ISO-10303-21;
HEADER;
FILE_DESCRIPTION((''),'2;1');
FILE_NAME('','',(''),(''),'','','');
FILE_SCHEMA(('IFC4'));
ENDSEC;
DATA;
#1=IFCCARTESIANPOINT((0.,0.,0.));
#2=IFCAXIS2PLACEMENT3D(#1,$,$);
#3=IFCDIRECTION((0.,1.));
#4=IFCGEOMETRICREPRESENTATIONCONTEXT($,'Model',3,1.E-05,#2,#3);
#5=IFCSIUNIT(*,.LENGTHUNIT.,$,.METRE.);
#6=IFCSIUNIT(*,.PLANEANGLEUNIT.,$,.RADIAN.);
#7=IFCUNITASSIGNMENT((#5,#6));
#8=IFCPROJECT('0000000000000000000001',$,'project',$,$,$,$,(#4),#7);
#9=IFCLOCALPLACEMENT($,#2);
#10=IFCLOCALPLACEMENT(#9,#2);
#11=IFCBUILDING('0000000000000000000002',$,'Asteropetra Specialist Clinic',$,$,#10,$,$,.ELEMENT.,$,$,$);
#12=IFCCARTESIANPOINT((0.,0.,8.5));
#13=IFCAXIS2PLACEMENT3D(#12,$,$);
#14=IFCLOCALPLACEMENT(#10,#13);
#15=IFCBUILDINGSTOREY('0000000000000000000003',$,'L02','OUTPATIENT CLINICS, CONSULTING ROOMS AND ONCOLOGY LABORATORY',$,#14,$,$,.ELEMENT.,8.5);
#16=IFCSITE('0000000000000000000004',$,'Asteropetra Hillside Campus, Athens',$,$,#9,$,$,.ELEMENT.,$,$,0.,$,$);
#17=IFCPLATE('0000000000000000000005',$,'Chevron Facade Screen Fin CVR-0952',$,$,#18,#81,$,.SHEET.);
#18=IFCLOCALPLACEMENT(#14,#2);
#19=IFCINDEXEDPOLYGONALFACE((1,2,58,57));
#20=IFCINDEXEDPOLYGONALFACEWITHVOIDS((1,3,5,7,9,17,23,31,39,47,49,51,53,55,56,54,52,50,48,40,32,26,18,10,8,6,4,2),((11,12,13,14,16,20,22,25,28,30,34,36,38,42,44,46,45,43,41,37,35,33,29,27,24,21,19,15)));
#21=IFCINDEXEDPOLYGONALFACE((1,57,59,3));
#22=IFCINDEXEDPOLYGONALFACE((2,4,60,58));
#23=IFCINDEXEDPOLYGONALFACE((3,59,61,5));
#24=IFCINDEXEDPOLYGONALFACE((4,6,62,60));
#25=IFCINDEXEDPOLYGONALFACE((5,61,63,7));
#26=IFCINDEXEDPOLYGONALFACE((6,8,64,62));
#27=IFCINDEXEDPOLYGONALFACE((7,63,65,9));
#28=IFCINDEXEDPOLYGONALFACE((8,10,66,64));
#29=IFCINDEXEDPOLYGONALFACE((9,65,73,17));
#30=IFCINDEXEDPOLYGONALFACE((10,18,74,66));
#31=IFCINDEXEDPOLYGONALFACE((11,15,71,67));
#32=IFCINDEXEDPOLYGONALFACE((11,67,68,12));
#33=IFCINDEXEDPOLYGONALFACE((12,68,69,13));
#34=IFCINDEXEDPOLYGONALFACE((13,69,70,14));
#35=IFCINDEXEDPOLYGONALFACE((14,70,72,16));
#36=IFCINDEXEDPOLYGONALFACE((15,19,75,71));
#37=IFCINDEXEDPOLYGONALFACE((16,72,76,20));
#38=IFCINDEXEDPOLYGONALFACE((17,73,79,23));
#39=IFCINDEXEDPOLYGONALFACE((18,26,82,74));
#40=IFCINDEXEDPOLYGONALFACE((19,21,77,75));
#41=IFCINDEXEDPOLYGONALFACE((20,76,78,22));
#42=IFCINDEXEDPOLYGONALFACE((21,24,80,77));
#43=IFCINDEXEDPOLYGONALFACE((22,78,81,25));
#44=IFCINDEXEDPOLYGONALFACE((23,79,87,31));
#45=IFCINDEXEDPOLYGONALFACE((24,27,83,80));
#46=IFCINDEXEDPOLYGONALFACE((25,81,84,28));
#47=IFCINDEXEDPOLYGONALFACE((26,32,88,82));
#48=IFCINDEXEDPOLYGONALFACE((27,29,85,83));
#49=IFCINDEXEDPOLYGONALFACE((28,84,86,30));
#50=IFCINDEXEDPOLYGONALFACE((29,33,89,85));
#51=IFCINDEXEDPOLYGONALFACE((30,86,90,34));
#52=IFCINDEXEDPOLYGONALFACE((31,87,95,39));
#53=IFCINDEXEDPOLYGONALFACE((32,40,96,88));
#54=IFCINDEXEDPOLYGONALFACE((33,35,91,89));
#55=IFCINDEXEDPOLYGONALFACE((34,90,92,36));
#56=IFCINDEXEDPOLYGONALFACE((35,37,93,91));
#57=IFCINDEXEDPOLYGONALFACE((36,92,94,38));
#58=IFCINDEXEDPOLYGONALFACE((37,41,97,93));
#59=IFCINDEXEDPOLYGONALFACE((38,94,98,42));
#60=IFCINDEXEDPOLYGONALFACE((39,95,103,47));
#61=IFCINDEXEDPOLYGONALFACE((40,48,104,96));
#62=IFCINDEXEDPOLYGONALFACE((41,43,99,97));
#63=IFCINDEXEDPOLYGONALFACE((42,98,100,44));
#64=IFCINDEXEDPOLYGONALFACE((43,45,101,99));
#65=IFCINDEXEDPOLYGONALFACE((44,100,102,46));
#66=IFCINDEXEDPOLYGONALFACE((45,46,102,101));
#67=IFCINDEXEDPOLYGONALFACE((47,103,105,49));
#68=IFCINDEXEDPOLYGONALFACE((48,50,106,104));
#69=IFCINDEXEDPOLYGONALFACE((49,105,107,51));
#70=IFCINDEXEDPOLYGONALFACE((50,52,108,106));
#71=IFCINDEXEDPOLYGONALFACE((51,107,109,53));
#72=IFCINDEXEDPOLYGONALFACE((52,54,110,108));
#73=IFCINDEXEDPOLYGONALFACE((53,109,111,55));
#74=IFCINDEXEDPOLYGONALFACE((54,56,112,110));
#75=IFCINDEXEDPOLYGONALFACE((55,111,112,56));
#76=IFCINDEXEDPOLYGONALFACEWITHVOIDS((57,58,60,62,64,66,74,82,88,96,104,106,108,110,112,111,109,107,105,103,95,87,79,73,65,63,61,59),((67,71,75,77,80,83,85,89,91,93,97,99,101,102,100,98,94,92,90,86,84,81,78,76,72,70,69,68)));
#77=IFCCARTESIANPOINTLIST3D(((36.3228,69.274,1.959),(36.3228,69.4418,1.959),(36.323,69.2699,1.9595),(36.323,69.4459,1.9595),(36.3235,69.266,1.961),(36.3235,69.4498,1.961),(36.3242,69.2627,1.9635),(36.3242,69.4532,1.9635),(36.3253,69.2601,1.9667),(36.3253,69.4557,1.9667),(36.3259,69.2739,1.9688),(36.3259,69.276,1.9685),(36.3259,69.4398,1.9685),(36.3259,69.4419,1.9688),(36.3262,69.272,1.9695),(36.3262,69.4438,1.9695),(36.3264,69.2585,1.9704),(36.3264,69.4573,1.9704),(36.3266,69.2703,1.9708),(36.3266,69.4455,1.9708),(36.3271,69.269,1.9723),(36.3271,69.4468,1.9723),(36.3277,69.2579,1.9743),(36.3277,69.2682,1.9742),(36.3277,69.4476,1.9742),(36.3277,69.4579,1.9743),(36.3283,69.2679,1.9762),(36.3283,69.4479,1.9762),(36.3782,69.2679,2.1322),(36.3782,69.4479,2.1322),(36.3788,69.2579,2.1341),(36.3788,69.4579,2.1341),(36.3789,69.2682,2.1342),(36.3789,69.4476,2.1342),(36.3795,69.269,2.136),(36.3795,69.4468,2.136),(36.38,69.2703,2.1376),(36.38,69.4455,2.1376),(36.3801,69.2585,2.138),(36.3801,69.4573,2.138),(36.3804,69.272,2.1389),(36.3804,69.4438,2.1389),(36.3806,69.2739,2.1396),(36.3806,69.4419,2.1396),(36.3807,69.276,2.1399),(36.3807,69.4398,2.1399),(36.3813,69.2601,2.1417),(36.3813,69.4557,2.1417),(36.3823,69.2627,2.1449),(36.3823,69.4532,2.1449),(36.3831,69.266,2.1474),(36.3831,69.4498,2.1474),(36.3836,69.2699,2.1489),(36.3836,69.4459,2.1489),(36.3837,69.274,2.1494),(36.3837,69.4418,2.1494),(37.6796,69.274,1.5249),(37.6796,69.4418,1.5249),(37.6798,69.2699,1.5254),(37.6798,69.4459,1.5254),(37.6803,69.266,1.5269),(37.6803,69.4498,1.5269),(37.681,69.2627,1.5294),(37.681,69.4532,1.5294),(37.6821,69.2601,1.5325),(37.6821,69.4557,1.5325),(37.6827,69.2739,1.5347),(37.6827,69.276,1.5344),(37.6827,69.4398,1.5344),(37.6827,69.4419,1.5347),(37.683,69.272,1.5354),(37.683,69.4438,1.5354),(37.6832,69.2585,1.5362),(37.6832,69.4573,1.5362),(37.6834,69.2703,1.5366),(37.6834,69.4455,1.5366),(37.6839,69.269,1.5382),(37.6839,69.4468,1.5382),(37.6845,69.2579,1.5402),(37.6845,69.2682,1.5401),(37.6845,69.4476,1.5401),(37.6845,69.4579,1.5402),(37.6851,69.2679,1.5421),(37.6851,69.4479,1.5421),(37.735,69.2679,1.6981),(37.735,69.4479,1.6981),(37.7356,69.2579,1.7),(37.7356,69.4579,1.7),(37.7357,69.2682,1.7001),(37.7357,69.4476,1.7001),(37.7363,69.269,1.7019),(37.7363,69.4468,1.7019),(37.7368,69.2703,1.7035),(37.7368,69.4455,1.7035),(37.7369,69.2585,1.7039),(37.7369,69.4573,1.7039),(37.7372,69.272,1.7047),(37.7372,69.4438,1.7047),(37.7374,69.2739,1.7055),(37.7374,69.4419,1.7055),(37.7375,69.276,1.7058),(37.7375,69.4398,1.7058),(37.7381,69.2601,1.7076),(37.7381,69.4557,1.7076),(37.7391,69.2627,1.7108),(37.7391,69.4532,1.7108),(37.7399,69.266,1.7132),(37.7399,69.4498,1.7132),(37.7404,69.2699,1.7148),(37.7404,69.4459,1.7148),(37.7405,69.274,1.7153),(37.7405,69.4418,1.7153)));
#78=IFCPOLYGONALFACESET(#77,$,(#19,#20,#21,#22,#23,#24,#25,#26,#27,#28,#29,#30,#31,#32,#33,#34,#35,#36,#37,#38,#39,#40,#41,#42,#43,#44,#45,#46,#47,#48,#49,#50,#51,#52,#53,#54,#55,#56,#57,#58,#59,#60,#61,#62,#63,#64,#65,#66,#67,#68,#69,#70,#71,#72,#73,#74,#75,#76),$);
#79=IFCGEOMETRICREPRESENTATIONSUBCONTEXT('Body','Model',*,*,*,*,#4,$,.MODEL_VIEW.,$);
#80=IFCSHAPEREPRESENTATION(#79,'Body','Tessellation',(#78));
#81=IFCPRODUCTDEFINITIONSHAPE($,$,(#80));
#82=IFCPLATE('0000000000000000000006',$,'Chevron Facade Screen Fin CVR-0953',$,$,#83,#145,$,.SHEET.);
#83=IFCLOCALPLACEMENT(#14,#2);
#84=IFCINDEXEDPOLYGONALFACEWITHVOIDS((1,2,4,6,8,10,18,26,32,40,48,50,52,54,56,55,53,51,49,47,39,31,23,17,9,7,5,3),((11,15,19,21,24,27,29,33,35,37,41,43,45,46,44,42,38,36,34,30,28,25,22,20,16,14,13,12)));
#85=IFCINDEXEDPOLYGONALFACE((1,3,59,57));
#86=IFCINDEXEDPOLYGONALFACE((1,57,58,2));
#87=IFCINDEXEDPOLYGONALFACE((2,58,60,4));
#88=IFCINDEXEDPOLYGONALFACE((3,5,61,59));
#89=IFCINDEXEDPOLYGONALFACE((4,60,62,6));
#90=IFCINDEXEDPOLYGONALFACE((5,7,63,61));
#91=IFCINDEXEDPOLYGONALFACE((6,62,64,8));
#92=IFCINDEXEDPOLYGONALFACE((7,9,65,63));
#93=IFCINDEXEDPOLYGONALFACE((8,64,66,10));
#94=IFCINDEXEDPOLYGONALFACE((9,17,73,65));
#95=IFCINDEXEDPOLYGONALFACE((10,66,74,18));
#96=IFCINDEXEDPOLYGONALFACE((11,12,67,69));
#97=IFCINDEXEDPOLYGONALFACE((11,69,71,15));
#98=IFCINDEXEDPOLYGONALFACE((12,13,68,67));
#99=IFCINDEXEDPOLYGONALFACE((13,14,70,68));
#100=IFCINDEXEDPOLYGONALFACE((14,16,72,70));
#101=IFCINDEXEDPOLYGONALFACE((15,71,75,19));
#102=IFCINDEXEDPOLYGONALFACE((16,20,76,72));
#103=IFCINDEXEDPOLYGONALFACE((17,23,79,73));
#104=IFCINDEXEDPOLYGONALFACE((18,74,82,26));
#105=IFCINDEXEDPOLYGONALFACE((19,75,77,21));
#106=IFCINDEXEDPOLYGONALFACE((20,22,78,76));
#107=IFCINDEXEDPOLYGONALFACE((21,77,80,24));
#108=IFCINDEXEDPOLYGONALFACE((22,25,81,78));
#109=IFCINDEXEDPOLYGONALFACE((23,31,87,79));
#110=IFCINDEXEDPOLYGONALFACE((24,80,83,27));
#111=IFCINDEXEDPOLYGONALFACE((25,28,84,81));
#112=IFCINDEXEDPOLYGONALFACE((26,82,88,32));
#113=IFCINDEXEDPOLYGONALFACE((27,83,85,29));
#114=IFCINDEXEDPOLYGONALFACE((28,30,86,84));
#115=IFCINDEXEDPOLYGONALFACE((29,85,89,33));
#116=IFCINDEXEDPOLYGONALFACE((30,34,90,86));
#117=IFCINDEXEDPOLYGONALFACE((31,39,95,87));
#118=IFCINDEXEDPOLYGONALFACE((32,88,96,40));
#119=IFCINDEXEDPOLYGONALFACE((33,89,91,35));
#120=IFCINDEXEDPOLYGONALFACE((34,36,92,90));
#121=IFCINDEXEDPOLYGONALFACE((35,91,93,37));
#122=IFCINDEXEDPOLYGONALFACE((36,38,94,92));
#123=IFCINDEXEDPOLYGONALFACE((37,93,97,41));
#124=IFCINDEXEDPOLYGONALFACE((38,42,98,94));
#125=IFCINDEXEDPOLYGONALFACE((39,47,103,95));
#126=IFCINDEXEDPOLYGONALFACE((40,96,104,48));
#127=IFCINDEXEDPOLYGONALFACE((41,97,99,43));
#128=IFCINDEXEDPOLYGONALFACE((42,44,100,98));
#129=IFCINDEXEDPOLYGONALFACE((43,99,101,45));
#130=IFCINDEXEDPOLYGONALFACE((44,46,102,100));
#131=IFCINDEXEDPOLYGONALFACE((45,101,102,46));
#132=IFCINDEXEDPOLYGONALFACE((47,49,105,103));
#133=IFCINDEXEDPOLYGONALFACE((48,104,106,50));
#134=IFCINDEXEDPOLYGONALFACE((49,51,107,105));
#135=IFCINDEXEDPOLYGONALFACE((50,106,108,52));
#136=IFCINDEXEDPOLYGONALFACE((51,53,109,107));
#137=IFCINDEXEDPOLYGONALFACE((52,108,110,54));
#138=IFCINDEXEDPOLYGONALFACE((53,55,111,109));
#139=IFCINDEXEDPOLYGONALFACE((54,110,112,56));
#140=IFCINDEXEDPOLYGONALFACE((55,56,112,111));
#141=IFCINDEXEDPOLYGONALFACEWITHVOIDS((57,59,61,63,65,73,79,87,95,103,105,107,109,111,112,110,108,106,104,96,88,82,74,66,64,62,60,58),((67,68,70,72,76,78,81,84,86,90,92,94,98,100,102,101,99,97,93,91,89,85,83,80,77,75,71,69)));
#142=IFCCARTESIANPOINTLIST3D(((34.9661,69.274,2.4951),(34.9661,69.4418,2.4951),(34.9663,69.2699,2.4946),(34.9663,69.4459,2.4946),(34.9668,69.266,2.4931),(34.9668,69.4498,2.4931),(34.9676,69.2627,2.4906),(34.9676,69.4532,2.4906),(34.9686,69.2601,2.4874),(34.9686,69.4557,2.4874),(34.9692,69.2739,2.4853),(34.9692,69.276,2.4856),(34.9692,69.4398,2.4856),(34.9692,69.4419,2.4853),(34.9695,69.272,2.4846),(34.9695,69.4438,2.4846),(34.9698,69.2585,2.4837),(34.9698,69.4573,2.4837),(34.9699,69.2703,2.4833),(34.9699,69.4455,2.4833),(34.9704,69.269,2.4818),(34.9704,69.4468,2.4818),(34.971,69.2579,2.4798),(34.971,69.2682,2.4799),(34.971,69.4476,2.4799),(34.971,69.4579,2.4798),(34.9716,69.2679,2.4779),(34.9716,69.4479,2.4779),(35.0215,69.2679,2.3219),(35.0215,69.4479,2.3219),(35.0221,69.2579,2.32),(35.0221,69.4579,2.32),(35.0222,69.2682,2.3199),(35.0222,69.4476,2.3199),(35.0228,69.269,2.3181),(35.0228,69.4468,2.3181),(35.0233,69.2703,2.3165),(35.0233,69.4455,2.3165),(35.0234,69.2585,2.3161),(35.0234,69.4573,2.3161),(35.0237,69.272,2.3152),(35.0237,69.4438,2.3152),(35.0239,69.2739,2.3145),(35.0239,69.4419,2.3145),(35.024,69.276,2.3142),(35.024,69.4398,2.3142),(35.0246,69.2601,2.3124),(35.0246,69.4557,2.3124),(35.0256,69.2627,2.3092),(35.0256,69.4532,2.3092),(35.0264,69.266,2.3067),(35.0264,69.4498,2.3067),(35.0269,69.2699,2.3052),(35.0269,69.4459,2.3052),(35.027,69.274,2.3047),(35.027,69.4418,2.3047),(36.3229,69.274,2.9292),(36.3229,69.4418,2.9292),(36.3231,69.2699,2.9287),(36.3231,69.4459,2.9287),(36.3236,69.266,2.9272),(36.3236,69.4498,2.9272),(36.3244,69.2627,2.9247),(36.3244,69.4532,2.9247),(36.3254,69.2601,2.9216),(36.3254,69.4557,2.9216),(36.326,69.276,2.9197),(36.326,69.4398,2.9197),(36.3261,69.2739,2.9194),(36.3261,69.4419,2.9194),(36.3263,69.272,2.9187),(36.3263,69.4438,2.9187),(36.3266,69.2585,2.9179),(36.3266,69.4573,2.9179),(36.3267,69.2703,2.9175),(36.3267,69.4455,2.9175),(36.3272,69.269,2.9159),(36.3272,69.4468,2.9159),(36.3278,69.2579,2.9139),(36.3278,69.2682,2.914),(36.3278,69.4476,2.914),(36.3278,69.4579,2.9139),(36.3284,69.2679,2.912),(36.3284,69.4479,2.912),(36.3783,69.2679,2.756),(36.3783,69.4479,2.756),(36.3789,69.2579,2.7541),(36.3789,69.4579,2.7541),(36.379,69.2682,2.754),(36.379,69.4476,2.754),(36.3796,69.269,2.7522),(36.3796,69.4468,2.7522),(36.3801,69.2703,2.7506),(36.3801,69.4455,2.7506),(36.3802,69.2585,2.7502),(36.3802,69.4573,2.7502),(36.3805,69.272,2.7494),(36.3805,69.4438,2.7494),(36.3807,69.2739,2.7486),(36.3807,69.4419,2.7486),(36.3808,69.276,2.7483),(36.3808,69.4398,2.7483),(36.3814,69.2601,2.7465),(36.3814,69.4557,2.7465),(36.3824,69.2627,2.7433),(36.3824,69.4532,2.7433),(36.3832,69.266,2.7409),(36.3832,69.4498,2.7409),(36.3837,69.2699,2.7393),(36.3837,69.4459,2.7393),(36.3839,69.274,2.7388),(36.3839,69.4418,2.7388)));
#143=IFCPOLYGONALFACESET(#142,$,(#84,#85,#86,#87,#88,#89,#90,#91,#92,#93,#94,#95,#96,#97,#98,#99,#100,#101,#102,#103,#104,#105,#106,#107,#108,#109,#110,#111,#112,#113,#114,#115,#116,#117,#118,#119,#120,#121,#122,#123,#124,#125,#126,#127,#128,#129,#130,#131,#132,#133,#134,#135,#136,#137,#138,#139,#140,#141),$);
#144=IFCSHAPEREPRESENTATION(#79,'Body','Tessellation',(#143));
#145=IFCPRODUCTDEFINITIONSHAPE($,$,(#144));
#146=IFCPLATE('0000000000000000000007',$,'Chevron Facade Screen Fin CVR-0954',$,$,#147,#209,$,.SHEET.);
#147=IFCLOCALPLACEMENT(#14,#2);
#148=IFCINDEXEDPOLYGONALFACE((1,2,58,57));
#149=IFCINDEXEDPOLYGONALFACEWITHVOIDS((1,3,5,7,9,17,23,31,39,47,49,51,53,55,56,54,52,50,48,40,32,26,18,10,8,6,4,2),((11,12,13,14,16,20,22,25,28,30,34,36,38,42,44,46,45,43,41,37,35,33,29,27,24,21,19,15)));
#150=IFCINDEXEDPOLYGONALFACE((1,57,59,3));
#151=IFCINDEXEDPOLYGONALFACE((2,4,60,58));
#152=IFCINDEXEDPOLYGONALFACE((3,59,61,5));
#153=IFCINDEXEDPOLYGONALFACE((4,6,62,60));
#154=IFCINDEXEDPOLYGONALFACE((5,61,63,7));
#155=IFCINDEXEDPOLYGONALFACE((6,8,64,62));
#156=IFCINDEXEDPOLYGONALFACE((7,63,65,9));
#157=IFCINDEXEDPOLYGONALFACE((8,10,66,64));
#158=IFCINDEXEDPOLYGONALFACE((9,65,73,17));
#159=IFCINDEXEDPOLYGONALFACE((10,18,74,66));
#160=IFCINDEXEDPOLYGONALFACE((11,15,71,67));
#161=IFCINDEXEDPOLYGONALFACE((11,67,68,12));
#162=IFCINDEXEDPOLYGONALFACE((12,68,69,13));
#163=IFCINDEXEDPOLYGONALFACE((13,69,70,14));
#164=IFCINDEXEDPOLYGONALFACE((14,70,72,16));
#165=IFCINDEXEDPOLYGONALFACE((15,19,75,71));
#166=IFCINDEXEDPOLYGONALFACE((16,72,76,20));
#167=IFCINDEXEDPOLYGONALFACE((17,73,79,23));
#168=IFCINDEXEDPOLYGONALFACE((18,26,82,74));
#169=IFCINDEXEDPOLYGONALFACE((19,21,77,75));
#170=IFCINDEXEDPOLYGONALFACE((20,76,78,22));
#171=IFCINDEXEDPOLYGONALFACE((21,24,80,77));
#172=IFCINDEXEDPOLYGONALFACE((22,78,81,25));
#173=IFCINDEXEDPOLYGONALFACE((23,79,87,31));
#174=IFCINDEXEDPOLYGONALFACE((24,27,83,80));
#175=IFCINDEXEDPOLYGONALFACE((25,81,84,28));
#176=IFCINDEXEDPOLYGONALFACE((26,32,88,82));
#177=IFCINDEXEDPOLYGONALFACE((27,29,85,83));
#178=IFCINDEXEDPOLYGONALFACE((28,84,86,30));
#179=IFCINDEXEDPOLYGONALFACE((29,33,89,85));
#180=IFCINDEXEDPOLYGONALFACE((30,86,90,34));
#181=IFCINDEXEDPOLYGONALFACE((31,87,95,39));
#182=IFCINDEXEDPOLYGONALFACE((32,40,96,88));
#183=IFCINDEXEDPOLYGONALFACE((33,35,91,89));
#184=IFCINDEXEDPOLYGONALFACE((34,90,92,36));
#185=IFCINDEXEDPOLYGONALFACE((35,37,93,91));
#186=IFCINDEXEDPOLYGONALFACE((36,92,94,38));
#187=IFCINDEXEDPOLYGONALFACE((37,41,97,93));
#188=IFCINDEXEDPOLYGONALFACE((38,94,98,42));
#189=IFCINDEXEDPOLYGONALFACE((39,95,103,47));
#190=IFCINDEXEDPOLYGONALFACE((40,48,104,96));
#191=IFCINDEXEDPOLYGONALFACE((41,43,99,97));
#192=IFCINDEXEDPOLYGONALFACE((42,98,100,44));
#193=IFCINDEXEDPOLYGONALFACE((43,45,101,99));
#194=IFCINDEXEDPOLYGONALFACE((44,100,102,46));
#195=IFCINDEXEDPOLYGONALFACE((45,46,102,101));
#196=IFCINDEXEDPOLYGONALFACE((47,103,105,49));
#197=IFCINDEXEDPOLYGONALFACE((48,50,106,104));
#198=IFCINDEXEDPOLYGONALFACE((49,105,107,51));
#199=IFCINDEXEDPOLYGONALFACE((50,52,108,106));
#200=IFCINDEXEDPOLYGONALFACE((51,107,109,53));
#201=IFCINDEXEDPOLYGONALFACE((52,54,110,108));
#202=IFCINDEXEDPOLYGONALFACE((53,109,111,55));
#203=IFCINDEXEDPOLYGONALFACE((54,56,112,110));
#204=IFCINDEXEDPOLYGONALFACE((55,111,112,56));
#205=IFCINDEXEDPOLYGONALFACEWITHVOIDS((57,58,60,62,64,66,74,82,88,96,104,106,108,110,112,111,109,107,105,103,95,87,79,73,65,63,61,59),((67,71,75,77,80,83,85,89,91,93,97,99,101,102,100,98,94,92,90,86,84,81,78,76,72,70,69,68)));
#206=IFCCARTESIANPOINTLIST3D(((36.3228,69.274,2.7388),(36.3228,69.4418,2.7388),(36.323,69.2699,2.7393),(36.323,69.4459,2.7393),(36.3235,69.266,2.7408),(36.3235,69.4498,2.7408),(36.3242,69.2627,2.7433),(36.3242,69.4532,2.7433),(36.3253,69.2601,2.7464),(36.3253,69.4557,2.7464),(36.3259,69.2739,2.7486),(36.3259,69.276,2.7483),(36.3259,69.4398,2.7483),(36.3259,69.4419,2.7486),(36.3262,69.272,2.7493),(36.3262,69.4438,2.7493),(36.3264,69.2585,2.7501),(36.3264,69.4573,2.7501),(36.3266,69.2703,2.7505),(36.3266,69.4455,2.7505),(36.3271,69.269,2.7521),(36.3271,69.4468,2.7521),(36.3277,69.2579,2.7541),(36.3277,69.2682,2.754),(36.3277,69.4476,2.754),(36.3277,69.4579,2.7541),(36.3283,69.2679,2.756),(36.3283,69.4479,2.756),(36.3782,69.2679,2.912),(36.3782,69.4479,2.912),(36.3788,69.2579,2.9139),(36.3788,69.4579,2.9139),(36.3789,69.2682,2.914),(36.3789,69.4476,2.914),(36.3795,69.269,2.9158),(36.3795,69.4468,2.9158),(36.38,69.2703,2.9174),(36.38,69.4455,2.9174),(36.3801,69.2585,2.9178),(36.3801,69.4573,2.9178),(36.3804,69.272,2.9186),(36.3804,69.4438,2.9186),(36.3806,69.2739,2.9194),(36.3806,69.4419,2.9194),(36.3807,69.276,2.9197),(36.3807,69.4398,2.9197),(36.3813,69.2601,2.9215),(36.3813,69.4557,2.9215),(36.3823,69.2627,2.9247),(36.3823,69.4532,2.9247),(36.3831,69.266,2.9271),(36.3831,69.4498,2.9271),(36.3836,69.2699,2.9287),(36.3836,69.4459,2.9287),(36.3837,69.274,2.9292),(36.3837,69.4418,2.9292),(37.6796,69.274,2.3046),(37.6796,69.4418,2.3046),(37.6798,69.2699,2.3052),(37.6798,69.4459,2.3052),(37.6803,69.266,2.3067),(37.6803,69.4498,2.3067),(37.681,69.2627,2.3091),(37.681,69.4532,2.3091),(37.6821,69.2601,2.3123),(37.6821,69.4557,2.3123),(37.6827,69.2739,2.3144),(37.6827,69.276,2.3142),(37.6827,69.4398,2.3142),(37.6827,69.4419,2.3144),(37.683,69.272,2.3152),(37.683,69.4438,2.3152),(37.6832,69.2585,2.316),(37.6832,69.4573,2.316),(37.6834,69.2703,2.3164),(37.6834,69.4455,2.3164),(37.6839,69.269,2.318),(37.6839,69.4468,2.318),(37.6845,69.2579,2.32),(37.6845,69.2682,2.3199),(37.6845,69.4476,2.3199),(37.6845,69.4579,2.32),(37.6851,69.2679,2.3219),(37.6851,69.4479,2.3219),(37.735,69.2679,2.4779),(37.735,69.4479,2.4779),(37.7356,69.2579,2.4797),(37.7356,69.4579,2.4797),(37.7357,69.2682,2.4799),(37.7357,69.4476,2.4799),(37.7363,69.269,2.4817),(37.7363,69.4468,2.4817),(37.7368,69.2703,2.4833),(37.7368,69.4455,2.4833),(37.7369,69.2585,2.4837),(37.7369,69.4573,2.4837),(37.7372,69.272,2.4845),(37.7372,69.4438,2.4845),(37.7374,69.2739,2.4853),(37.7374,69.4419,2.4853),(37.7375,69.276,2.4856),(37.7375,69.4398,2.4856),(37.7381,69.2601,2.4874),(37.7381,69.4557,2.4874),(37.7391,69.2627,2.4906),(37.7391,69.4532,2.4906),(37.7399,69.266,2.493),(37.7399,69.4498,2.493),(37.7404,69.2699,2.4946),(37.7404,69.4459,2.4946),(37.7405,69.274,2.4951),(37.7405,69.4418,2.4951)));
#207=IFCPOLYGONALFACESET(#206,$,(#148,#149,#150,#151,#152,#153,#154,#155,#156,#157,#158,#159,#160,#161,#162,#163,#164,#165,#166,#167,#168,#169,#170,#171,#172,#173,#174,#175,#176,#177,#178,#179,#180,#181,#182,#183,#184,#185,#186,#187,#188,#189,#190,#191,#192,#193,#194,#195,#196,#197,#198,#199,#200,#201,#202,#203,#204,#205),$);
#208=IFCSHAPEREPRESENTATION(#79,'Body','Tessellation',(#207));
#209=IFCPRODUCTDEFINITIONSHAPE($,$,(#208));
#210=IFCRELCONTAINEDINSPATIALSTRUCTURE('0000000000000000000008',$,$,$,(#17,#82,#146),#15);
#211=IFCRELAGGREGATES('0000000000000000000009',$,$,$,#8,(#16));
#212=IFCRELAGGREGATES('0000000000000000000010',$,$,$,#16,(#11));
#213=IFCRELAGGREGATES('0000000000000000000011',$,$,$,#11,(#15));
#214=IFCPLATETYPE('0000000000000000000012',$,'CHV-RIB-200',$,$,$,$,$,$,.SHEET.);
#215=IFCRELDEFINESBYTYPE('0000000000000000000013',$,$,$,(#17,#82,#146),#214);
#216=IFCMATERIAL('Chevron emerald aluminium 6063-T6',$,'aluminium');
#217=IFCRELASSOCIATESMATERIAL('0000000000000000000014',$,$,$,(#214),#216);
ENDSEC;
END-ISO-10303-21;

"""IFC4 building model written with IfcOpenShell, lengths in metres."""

from ifc_helpers import new_model, si_unit, direction, frame, origin, origin_2d, place, context, subcontext, project, spatial, hollow_rectangle, extrude, material, material_profile, profile_set, type_object, element, save


model = new_model("IFC4")

# Units and contexts
model_context = context("Model", 3, precision=1e-05, world=origin(), true_north=direction((0.0, 1.0)))
body_context = subcontext(model_context, "Body", "Model", "MODEL_VIEW")
ifc_project = project(units=[si_unit("LENGTHUNIT", "METRE"), si_unit("PLANEANGLEUNIT", "RADIAN")], contexts=[model_context])

# Site, building, storey
site_placement = place(None, origin())
site = spatial("IfcSite", under=ifc_project, at=site_placement, Name="Asteropetra Hillside Campus, Athens", CompositionType="ELEMENT", RefElevation=0.0)
building_placement = place(site_placement, origin())
building = spatial("IfcBuilding", under=site, at=building_placement, Name="Asteropetra Specialist Clinic", CompositionType="ELEMENT")
storey_placement = place(building_placement, frame((0.0, 0.0, 8.5)))
storey = spatial("IfcBuildingStorey", under=building, at=storey_placement, Name="L02", Description="OUTPATIENT CLINICS, CONSULTING ROOMS AND ONCOLOGY LABORATORY", CompositionType="ELEMENT", Elevation=8.5)

# Plates
ifc_material = material(Name="Chevron emerald aluminium 6063-T6", Category="aluminium")
ifc_material_profile = material_profile(ifc_material, hollow_rectangle(XDim=0.2, YDim=0.2, WallThickness=0.01, InnerFilletRadius=0.0081, OuterFilletRadius=0.0161, at=origin_2d()), Name="SHS 200x200x10.0")
ifc_profile_set = profile_set([ifc_material_profile], Name="Chevron emerald aluminium 6063-T6")
plate_type = type_object("IfcPlateType", Name="CHV-RIB-200", PredefinedType="SHEET", material=ifc_profile_set)
for number, where, z_axis, x_axis, name in (
    (1, (36.3533, 69.3579, 2.0542), (0.952436, 0.0, -0.304738), (0.0, 1.0, 0.0), "Chevron Facade Screen Fin CVR-0952"),
    (2, (34.9966, 69.3579, 2.3999), (0.952436, 0.0, 0.304738), (0.0, 1.0, 0.0), "Chevron Facade Screen Fin CVR-0953"),
    (3, (36.3533, 69.3579, 2.834), (0.952436, 0.0, -0.304738), (0.0, 1.0, 0.0), "Chevron Facade Screen Fin CVR-0954"),
):
    element("IfcPlate", number, at=place(storey_placement, frame(where, z_axis=z_axis, x_axis=x_axis)), inside=storey, type_object=plate_type, Name=name, PredefinedType="SHEET", context=body_context, shape_type="SweptSolid", body=[
        extrude(hollow_rectangle(XDim=0.2, YDim=0.2, WallThickness=0.01, InnerFilletRadius=0.0081, OuterFilletRadius=0.0161, at=origin_2d()), origin(), (0.0, 0.0, 1.0), 1.4246),
    ])

save(model, "model.ifc")
